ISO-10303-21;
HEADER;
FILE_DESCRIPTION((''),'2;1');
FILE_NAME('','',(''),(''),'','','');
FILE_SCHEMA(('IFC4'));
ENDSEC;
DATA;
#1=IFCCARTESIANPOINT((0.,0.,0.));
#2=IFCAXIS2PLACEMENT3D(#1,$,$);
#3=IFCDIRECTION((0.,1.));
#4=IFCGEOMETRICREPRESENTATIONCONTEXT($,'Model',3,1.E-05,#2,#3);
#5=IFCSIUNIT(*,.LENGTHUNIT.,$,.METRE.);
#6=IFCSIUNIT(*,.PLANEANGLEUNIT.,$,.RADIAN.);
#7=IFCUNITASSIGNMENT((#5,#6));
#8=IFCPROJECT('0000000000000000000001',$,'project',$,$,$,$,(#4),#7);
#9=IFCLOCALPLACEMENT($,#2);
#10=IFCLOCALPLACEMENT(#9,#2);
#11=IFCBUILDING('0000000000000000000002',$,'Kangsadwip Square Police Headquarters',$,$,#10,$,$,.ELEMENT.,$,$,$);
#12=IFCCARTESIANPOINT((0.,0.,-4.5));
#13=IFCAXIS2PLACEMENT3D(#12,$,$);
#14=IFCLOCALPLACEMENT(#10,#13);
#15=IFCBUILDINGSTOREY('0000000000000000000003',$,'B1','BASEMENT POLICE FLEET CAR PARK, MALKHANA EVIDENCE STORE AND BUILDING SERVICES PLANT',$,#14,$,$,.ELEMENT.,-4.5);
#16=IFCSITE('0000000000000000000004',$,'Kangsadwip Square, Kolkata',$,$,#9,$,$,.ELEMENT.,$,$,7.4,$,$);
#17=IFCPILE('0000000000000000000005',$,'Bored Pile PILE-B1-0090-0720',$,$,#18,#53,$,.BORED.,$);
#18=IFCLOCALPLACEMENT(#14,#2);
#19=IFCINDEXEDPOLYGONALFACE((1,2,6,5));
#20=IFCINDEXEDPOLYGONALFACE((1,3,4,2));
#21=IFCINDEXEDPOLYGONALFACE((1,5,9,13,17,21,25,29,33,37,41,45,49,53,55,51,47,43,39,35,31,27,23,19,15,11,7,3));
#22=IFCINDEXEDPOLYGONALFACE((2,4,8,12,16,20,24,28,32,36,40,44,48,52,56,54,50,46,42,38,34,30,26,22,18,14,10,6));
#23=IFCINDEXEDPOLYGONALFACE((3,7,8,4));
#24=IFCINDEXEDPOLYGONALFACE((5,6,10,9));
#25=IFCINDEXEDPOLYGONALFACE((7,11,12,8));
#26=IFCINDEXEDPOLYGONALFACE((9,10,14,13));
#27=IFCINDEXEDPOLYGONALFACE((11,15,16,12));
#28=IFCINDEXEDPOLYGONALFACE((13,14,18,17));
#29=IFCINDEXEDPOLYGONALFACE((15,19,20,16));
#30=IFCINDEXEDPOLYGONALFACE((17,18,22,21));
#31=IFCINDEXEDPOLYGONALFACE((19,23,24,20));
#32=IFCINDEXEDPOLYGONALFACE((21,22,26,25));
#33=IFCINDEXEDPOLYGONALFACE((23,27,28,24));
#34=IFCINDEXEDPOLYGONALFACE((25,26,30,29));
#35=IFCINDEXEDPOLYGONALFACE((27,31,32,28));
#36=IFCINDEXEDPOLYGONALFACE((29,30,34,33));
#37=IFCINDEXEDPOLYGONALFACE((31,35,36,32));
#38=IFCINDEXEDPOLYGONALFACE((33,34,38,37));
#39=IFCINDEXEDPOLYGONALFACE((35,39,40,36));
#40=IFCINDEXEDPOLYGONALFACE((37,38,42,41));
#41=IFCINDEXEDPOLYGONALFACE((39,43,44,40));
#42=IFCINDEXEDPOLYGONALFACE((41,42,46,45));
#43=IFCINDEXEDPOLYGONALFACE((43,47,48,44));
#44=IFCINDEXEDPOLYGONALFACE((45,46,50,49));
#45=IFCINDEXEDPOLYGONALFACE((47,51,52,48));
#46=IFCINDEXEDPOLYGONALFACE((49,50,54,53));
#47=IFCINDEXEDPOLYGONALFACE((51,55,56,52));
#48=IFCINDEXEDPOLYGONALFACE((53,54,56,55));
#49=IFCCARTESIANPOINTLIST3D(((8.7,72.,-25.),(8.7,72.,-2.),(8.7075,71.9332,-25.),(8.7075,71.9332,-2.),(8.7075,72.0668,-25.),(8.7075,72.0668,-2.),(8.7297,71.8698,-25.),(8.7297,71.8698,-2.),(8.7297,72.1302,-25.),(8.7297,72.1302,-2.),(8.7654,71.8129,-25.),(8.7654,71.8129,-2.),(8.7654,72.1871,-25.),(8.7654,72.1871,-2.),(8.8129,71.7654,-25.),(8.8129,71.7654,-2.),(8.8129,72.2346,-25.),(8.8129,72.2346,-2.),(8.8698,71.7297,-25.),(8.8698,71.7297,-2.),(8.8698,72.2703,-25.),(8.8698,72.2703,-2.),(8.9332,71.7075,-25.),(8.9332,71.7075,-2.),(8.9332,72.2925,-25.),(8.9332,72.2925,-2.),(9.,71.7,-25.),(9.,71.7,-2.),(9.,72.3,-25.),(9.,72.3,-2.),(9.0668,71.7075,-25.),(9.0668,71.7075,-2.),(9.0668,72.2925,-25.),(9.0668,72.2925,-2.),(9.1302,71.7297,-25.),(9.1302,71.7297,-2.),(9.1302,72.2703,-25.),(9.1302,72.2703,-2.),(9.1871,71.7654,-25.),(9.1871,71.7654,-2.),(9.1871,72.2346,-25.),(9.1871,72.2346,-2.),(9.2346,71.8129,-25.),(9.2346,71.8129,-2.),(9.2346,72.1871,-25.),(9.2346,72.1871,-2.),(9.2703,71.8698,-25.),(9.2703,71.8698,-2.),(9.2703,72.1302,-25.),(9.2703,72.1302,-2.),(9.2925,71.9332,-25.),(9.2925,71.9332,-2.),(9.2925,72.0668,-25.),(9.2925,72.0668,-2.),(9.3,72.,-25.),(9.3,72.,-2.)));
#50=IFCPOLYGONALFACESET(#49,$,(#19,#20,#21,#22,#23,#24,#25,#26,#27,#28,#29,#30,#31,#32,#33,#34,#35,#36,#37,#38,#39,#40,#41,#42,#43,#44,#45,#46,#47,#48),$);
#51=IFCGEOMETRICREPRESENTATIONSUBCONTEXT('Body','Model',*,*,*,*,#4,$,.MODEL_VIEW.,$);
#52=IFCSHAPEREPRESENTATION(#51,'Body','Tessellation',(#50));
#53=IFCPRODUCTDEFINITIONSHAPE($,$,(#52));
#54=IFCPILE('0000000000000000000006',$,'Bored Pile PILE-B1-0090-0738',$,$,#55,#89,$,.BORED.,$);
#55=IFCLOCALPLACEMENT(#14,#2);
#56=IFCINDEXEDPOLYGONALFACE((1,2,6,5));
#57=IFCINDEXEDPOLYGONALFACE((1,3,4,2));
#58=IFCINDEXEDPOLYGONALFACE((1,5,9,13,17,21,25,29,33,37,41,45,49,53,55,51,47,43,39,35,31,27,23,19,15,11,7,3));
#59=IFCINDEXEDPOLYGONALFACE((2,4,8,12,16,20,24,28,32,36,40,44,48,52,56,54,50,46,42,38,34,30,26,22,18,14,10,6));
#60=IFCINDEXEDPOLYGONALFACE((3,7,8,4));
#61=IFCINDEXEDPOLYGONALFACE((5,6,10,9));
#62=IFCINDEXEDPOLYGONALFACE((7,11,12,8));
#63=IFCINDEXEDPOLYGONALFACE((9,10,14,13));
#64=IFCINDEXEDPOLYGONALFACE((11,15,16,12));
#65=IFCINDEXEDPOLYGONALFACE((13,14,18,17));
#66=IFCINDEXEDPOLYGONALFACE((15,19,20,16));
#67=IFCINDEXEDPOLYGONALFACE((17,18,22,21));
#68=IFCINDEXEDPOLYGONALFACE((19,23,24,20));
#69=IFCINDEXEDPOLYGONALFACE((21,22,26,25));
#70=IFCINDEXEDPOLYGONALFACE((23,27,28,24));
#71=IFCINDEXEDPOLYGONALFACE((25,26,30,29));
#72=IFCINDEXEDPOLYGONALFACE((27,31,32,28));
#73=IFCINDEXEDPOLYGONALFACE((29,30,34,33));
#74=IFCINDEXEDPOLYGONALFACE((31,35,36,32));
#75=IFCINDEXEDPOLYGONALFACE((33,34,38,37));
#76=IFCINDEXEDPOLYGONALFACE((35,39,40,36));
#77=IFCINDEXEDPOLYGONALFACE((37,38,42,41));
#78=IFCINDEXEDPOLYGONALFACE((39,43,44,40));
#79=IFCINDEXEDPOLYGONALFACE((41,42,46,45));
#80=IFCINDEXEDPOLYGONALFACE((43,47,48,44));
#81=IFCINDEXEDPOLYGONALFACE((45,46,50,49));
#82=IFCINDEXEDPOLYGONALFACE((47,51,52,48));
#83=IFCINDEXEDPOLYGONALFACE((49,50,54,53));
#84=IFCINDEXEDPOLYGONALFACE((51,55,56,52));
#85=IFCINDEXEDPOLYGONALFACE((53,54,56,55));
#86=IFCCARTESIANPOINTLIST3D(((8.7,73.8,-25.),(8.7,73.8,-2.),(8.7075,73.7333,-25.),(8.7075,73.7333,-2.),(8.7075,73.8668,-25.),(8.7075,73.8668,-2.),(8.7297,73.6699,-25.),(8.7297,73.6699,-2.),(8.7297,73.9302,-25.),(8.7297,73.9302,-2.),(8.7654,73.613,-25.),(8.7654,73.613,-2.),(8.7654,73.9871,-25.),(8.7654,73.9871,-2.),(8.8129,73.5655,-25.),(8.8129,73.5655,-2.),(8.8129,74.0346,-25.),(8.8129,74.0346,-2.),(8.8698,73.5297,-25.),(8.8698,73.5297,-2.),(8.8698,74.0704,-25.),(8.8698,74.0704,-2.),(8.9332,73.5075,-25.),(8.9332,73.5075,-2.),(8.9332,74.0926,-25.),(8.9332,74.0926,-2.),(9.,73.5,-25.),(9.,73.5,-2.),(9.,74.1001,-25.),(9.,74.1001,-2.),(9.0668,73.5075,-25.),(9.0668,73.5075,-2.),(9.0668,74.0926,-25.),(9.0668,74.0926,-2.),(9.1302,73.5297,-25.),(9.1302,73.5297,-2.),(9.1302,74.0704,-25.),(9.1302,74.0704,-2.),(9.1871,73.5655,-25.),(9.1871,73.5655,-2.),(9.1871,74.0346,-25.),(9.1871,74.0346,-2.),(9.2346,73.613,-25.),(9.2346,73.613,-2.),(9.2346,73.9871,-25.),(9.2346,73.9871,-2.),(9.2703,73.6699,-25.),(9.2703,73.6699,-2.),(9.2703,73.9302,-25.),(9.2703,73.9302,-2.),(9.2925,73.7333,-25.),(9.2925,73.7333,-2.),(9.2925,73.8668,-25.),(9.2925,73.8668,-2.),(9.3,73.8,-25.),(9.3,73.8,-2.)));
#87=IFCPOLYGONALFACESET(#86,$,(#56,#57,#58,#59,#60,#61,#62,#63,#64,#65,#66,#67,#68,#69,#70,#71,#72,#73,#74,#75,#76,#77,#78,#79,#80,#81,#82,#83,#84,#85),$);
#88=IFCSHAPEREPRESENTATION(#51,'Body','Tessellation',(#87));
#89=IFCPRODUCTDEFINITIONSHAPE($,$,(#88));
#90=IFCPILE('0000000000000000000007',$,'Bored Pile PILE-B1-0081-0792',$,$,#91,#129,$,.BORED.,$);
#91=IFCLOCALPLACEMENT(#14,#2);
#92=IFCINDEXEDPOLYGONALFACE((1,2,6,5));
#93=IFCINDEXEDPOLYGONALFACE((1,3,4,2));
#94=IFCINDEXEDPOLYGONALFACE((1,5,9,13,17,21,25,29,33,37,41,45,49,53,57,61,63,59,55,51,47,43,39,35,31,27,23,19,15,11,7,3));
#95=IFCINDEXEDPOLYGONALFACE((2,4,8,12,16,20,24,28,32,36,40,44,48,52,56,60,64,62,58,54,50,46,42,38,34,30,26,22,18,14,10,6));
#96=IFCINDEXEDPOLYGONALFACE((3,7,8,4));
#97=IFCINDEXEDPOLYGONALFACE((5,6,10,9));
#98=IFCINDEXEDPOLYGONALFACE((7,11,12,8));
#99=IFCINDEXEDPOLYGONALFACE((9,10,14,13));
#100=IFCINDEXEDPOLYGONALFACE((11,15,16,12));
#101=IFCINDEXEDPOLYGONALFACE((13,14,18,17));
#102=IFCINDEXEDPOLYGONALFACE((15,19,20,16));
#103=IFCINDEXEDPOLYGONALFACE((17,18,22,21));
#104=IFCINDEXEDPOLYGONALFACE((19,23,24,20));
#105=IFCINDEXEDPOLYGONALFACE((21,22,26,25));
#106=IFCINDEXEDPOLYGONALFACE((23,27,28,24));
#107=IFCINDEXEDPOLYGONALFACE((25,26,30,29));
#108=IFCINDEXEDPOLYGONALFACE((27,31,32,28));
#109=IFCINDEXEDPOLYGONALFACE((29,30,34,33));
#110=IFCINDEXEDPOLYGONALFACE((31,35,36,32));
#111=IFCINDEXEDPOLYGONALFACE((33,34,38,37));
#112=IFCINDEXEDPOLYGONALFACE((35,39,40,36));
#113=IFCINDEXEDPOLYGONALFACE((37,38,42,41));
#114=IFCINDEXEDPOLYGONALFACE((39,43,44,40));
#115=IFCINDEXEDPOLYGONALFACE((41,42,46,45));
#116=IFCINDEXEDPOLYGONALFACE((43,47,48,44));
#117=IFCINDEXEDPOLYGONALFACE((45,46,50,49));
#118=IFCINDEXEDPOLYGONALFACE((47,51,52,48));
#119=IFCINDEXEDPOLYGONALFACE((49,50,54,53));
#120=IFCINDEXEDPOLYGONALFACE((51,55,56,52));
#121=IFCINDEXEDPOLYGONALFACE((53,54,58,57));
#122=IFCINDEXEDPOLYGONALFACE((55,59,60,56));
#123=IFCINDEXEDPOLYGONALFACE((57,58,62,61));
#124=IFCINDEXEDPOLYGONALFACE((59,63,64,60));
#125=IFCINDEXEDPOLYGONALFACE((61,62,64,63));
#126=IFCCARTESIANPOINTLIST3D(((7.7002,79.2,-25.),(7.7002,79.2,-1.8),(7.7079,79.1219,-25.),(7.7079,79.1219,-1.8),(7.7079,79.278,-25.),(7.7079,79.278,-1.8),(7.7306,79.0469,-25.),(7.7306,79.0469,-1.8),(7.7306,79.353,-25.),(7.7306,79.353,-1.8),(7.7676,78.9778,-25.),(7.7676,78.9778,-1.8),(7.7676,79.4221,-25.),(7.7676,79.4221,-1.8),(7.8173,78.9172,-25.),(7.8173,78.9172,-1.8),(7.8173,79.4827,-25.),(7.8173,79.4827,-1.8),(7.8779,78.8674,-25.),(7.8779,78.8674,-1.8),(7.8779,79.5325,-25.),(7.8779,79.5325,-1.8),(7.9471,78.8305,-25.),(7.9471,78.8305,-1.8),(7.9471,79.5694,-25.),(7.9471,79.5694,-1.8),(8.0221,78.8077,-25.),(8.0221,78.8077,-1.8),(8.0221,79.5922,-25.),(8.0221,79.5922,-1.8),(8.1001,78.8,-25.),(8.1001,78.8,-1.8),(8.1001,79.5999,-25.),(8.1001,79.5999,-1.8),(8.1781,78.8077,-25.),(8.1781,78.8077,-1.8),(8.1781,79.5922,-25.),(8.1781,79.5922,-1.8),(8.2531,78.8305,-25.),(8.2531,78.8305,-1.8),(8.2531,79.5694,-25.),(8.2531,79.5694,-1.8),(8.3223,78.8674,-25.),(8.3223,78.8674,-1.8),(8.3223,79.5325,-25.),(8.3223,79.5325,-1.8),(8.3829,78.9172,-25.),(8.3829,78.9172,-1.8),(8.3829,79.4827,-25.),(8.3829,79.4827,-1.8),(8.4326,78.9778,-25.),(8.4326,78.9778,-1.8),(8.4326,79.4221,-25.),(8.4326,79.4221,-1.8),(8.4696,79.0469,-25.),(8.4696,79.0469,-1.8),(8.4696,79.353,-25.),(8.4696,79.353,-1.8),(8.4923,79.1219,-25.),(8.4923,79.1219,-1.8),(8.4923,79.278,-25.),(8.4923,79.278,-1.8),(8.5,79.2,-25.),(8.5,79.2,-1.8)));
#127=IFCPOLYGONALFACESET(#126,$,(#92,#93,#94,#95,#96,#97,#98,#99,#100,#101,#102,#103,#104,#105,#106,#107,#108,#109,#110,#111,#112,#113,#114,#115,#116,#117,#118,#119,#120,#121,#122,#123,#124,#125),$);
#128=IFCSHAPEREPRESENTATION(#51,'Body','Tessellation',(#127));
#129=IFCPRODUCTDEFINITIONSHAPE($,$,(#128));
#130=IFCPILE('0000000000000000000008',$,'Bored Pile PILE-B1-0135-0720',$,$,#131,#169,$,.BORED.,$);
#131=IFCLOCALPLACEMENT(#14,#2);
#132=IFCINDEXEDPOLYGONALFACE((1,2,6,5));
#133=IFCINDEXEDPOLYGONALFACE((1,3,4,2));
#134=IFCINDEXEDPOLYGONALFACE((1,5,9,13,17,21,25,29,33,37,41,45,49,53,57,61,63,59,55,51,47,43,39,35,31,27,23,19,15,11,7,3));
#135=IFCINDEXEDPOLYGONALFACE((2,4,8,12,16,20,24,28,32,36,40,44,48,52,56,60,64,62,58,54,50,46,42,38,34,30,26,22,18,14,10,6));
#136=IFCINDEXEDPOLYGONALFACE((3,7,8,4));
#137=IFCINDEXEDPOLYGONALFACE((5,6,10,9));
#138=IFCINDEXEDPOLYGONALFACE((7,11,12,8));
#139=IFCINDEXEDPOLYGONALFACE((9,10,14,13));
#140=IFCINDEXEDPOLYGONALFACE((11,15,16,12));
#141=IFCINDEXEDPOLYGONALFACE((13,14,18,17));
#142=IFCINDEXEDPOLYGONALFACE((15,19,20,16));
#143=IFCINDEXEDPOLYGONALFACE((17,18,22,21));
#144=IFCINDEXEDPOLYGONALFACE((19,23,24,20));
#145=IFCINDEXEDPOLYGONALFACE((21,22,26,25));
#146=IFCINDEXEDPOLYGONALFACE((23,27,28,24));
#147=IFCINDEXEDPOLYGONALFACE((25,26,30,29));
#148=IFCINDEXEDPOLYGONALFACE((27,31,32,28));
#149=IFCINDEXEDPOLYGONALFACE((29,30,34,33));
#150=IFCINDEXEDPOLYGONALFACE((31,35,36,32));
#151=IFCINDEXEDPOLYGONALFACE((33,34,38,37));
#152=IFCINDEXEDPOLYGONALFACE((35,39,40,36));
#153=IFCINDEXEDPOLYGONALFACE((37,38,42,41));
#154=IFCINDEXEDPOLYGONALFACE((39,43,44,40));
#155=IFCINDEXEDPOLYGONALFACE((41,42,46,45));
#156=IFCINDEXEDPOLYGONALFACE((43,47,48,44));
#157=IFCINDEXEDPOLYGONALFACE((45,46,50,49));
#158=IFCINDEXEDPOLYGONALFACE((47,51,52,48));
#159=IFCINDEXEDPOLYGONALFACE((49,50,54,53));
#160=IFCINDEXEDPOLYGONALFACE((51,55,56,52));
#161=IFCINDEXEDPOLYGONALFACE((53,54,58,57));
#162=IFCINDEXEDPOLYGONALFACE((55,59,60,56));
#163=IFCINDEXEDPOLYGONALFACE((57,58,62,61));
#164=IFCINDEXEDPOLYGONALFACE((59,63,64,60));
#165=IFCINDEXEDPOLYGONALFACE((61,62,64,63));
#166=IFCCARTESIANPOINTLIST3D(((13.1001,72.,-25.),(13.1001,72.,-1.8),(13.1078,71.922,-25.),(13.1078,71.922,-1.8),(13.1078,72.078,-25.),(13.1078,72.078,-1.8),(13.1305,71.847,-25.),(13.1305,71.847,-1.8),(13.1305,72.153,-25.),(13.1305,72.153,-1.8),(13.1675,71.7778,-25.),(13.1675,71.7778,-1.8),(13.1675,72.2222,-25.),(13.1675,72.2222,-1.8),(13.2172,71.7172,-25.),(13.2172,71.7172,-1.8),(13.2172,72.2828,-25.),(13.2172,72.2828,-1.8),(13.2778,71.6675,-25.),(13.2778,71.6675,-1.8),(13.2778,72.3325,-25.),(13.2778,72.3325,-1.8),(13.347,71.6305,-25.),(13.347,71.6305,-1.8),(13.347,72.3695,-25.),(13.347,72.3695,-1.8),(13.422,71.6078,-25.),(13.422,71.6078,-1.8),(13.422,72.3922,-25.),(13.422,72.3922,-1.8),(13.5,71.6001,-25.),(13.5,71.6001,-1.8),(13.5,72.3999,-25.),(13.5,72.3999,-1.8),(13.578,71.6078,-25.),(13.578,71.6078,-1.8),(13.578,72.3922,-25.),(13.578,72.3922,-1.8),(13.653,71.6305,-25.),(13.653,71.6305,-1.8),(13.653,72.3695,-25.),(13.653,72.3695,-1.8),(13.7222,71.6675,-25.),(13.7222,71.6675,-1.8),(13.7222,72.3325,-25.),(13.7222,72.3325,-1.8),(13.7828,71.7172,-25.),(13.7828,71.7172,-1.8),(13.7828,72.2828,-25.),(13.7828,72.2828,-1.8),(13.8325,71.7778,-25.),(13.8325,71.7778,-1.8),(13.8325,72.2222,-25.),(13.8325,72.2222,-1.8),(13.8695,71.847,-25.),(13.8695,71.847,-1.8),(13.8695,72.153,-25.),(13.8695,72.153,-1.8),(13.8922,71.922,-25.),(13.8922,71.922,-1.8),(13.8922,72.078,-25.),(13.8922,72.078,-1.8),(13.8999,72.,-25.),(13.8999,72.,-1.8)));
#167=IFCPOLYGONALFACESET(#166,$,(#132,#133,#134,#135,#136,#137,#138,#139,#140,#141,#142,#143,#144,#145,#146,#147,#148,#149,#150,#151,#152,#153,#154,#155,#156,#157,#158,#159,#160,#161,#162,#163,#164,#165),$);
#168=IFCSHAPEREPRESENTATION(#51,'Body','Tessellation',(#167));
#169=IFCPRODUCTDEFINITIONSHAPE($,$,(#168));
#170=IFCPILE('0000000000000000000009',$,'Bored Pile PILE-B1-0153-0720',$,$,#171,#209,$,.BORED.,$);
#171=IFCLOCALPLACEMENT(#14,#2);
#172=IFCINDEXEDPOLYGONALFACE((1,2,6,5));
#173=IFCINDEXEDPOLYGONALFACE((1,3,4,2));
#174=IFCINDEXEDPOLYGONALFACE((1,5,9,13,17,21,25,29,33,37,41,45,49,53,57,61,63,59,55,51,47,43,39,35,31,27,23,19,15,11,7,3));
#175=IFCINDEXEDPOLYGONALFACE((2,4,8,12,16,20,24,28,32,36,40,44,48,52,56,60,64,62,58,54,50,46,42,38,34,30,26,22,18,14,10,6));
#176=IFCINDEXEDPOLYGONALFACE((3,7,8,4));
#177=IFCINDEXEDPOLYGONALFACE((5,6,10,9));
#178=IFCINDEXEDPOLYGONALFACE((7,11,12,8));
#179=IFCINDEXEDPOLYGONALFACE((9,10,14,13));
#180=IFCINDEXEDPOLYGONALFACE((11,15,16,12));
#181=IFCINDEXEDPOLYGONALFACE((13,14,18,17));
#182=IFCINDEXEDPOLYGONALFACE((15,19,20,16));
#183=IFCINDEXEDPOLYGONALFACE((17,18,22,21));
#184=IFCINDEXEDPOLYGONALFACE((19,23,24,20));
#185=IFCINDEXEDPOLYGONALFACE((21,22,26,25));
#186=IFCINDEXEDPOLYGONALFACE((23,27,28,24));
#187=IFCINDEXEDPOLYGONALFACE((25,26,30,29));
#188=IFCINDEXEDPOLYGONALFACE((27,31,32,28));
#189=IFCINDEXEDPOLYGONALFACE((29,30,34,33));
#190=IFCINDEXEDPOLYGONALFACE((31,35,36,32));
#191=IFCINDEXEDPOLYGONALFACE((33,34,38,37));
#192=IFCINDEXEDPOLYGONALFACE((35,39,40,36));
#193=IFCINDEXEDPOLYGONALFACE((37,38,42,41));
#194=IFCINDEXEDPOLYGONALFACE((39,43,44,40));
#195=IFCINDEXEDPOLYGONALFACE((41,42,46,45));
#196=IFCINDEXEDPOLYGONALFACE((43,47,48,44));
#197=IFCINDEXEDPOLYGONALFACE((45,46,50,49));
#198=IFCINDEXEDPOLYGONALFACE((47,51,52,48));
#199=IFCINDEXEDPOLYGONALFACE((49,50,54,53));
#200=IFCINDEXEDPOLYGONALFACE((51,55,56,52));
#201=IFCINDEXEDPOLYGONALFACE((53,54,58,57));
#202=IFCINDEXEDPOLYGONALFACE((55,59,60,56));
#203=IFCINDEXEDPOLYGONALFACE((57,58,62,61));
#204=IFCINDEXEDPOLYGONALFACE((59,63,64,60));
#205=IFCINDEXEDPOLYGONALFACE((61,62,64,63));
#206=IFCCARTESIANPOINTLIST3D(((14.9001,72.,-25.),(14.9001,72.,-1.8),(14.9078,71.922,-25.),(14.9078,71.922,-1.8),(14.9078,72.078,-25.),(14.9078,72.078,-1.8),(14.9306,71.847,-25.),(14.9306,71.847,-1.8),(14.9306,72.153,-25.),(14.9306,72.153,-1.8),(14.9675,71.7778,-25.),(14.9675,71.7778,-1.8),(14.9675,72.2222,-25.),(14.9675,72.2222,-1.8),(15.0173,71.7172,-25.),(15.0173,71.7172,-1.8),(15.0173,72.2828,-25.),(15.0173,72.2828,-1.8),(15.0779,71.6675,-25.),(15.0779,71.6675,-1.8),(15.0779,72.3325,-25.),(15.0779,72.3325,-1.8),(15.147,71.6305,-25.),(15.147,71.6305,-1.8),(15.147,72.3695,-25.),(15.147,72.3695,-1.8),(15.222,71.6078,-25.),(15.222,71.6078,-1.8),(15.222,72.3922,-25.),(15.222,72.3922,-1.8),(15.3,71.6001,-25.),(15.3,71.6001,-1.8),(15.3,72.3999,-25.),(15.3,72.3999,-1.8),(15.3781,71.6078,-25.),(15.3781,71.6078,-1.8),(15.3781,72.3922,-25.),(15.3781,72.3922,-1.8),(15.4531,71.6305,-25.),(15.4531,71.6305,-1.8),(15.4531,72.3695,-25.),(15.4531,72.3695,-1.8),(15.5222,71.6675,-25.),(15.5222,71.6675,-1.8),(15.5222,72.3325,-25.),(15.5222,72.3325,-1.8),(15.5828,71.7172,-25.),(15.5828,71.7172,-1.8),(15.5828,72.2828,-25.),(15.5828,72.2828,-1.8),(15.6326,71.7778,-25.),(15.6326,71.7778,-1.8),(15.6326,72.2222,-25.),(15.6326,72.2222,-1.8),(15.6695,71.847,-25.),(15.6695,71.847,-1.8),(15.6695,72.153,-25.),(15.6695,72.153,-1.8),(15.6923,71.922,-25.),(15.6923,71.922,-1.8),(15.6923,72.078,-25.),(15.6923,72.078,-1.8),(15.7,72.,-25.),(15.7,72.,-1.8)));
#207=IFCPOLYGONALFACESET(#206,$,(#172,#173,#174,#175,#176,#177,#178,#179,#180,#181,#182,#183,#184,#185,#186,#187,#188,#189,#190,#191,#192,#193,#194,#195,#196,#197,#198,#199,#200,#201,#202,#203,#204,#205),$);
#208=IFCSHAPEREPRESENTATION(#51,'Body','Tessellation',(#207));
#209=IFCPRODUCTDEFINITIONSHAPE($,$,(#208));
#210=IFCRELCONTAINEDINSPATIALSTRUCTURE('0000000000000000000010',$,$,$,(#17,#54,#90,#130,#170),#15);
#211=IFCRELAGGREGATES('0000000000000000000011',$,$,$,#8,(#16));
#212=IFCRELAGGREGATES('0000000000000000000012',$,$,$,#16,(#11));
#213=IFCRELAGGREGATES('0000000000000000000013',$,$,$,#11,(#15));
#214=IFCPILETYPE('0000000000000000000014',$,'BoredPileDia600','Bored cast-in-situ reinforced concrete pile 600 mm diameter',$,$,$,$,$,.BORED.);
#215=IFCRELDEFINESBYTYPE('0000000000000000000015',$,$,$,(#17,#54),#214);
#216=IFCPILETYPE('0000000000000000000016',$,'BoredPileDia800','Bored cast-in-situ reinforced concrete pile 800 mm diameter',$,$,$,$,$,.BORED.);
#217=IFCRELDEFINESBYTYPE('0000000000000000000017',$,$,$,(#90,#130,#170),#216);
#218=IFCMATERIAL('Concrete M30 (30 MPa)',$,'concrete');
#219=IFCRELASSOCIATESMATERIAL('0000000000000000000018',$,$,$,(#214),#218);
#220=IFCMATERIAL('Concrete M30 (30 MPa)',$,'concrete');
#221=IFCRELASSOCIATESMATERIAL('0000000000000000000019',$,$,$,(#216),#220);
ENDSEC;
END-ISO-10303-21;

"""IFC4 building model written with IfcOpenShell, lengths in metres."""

from ifc_helpers import new_model, si_unit, direction, frame, origin, origin_2d, place, context, subcontext, project, spatial, circle, extrude, material, material_profile, profile_set, type_object, element, save


model = new_model("IFC4")

# Units and contexts
model_context = context("Model", 3, precision=1e-05, world=origin(), true_north=direction((0.0, 1.0)))
body_context = subcontext(model_context, "Body", "Model", "MODEL_VIEW")
ifc_project = project(units=[si_unit("LENGTHUNIT", "METRE"), si_unit("PLANEANGLEUNIT", "RADIAN")], contexts=[model_context])

# Site, building, storey
site_placement = place(None, origin())
site = spatial("IfcSite", under=ifc_project, at=site_placement, Name="Kangsadwip Square, Kolkata", CompositionType="ELEMENT", RefElevation=7.4)
building_placement = place(site_placement, origin())
building = spatial("IfcBuilding", under=site, at=building_placement, Name="Kangsadwip Square Police Headquarters", CompositionType="ELEMENT")
storey_placement = place(building_placement, frame((0.0, 0.0, -4.5)))
storey = spatial("IfcBuildingStorey", under=building, at=storey_placement, Name="B1", Description="BASEMENT POLICE FLEET CAR PARK, MALKHANA EVIDENCE STORE AND BUILDING SERVICES PLANT", CompositionType="ELEMENT", Elevation=-4.5)

# Piles
ifc_material_1 = material(Name="Concrete M30 (30 MPa)", Category="concrete")
ifc_material_profile_1 = material_profile(ifc_material_1, circle(Radius=0.3, at=origin_2d()), Name="PILE DIA 600")
ifc_profile_set_1 = profile_set([ifc_material_profile_1], Name="Concrete M30 (30 MPa)")
pile_type_1 = type_object("IfcPileType", Name="BoredPileDia600", Description="Bored cast-in-situ reinforced concrete pile 600 mm diameter", PredefinedType="BORED", material=ifc_profile_set_1)
for number, where, z_axis, x_axis, name in (
    (1, (9.0, 72.0, -2.0), (0.0, 0.0, -1.0), (1.0, 0.0, 0.0), "Bored Pile PILE-B1-0090-0720"),
    (2, (9.0, 73.8, -2.0), (0.0, 0.0, -1.0), (1.0, 0.0, 0.0), "Bored Pile PILE-B1-0090-0738"),
):
    element("IfcPile", number, at=place(storey_placement, frame(where, z_axis=z_axis, x_axis=x_axis)), inside=storey, type_object=pile_type_1, Name=name, PredefinedType="BORED", context=body_context, shape_type="SweptSolid", body=[
        extrude(circle(Radius=0.3, at=origin_2d()), origin(), (0.0, 0.0, 1.0), 23.0),
    ])
ifc_material_2 = material(Name="Concrete M30 (30 MPa)", Category="concrete")
ifc_material_profile_2 = material_profile(ifc_material_2, circle(Radius=0.3999, at=origin_2d()), Name="PILE DIA 800")
ifc_profile_set_2 = profile_set([ifc_material_profile_2], Name="Concrete M30 (30 MPa)")
pile_type_2 = type_object("IfcPileType", Name="BoredPileDia800", Description="Bored cast-in-situ reinforced concrete pile 800 mm diameter", PredefinedType="BORED", material=ifc_profile_set_2)
for number, where, z_axis, x_axis, name in (
    (3, (8.1001, 79.2, -1.8), (0.0, 0.0, -1.0), (1.0, 0.0, 0.0), "Bored Pile PILE-B1-0081-0792"),
    (4, (13.5, 72.0, -1.8), (0.0, 0.0, -1.0), (1.0, 0.0, 0.0), "Bored Pile PILE-B1-0135-0720"),
    (5, (15.3, 72.0, -1.8), (0.0, 0.0, -1.0), (1.0, 0.0, 0.0), "Bored Pile PILE-B1-0153-0720"),
):
    element("IfcPile", number, at=place(storey_placement, frame(where, z_axis=z_axis, x_axis=x_axis)), inside=storey, type_object=pile_type_2, Name=name, PredefinedType="BORED", context=body_context, shape_type="SweptSolid", body=[
        extrude(circle(Radius=0.3999, at=origin_2d()), origin(), (0.0, 0.0, 1.0), 23.2),
    ])

save(model, "model.ifc")
